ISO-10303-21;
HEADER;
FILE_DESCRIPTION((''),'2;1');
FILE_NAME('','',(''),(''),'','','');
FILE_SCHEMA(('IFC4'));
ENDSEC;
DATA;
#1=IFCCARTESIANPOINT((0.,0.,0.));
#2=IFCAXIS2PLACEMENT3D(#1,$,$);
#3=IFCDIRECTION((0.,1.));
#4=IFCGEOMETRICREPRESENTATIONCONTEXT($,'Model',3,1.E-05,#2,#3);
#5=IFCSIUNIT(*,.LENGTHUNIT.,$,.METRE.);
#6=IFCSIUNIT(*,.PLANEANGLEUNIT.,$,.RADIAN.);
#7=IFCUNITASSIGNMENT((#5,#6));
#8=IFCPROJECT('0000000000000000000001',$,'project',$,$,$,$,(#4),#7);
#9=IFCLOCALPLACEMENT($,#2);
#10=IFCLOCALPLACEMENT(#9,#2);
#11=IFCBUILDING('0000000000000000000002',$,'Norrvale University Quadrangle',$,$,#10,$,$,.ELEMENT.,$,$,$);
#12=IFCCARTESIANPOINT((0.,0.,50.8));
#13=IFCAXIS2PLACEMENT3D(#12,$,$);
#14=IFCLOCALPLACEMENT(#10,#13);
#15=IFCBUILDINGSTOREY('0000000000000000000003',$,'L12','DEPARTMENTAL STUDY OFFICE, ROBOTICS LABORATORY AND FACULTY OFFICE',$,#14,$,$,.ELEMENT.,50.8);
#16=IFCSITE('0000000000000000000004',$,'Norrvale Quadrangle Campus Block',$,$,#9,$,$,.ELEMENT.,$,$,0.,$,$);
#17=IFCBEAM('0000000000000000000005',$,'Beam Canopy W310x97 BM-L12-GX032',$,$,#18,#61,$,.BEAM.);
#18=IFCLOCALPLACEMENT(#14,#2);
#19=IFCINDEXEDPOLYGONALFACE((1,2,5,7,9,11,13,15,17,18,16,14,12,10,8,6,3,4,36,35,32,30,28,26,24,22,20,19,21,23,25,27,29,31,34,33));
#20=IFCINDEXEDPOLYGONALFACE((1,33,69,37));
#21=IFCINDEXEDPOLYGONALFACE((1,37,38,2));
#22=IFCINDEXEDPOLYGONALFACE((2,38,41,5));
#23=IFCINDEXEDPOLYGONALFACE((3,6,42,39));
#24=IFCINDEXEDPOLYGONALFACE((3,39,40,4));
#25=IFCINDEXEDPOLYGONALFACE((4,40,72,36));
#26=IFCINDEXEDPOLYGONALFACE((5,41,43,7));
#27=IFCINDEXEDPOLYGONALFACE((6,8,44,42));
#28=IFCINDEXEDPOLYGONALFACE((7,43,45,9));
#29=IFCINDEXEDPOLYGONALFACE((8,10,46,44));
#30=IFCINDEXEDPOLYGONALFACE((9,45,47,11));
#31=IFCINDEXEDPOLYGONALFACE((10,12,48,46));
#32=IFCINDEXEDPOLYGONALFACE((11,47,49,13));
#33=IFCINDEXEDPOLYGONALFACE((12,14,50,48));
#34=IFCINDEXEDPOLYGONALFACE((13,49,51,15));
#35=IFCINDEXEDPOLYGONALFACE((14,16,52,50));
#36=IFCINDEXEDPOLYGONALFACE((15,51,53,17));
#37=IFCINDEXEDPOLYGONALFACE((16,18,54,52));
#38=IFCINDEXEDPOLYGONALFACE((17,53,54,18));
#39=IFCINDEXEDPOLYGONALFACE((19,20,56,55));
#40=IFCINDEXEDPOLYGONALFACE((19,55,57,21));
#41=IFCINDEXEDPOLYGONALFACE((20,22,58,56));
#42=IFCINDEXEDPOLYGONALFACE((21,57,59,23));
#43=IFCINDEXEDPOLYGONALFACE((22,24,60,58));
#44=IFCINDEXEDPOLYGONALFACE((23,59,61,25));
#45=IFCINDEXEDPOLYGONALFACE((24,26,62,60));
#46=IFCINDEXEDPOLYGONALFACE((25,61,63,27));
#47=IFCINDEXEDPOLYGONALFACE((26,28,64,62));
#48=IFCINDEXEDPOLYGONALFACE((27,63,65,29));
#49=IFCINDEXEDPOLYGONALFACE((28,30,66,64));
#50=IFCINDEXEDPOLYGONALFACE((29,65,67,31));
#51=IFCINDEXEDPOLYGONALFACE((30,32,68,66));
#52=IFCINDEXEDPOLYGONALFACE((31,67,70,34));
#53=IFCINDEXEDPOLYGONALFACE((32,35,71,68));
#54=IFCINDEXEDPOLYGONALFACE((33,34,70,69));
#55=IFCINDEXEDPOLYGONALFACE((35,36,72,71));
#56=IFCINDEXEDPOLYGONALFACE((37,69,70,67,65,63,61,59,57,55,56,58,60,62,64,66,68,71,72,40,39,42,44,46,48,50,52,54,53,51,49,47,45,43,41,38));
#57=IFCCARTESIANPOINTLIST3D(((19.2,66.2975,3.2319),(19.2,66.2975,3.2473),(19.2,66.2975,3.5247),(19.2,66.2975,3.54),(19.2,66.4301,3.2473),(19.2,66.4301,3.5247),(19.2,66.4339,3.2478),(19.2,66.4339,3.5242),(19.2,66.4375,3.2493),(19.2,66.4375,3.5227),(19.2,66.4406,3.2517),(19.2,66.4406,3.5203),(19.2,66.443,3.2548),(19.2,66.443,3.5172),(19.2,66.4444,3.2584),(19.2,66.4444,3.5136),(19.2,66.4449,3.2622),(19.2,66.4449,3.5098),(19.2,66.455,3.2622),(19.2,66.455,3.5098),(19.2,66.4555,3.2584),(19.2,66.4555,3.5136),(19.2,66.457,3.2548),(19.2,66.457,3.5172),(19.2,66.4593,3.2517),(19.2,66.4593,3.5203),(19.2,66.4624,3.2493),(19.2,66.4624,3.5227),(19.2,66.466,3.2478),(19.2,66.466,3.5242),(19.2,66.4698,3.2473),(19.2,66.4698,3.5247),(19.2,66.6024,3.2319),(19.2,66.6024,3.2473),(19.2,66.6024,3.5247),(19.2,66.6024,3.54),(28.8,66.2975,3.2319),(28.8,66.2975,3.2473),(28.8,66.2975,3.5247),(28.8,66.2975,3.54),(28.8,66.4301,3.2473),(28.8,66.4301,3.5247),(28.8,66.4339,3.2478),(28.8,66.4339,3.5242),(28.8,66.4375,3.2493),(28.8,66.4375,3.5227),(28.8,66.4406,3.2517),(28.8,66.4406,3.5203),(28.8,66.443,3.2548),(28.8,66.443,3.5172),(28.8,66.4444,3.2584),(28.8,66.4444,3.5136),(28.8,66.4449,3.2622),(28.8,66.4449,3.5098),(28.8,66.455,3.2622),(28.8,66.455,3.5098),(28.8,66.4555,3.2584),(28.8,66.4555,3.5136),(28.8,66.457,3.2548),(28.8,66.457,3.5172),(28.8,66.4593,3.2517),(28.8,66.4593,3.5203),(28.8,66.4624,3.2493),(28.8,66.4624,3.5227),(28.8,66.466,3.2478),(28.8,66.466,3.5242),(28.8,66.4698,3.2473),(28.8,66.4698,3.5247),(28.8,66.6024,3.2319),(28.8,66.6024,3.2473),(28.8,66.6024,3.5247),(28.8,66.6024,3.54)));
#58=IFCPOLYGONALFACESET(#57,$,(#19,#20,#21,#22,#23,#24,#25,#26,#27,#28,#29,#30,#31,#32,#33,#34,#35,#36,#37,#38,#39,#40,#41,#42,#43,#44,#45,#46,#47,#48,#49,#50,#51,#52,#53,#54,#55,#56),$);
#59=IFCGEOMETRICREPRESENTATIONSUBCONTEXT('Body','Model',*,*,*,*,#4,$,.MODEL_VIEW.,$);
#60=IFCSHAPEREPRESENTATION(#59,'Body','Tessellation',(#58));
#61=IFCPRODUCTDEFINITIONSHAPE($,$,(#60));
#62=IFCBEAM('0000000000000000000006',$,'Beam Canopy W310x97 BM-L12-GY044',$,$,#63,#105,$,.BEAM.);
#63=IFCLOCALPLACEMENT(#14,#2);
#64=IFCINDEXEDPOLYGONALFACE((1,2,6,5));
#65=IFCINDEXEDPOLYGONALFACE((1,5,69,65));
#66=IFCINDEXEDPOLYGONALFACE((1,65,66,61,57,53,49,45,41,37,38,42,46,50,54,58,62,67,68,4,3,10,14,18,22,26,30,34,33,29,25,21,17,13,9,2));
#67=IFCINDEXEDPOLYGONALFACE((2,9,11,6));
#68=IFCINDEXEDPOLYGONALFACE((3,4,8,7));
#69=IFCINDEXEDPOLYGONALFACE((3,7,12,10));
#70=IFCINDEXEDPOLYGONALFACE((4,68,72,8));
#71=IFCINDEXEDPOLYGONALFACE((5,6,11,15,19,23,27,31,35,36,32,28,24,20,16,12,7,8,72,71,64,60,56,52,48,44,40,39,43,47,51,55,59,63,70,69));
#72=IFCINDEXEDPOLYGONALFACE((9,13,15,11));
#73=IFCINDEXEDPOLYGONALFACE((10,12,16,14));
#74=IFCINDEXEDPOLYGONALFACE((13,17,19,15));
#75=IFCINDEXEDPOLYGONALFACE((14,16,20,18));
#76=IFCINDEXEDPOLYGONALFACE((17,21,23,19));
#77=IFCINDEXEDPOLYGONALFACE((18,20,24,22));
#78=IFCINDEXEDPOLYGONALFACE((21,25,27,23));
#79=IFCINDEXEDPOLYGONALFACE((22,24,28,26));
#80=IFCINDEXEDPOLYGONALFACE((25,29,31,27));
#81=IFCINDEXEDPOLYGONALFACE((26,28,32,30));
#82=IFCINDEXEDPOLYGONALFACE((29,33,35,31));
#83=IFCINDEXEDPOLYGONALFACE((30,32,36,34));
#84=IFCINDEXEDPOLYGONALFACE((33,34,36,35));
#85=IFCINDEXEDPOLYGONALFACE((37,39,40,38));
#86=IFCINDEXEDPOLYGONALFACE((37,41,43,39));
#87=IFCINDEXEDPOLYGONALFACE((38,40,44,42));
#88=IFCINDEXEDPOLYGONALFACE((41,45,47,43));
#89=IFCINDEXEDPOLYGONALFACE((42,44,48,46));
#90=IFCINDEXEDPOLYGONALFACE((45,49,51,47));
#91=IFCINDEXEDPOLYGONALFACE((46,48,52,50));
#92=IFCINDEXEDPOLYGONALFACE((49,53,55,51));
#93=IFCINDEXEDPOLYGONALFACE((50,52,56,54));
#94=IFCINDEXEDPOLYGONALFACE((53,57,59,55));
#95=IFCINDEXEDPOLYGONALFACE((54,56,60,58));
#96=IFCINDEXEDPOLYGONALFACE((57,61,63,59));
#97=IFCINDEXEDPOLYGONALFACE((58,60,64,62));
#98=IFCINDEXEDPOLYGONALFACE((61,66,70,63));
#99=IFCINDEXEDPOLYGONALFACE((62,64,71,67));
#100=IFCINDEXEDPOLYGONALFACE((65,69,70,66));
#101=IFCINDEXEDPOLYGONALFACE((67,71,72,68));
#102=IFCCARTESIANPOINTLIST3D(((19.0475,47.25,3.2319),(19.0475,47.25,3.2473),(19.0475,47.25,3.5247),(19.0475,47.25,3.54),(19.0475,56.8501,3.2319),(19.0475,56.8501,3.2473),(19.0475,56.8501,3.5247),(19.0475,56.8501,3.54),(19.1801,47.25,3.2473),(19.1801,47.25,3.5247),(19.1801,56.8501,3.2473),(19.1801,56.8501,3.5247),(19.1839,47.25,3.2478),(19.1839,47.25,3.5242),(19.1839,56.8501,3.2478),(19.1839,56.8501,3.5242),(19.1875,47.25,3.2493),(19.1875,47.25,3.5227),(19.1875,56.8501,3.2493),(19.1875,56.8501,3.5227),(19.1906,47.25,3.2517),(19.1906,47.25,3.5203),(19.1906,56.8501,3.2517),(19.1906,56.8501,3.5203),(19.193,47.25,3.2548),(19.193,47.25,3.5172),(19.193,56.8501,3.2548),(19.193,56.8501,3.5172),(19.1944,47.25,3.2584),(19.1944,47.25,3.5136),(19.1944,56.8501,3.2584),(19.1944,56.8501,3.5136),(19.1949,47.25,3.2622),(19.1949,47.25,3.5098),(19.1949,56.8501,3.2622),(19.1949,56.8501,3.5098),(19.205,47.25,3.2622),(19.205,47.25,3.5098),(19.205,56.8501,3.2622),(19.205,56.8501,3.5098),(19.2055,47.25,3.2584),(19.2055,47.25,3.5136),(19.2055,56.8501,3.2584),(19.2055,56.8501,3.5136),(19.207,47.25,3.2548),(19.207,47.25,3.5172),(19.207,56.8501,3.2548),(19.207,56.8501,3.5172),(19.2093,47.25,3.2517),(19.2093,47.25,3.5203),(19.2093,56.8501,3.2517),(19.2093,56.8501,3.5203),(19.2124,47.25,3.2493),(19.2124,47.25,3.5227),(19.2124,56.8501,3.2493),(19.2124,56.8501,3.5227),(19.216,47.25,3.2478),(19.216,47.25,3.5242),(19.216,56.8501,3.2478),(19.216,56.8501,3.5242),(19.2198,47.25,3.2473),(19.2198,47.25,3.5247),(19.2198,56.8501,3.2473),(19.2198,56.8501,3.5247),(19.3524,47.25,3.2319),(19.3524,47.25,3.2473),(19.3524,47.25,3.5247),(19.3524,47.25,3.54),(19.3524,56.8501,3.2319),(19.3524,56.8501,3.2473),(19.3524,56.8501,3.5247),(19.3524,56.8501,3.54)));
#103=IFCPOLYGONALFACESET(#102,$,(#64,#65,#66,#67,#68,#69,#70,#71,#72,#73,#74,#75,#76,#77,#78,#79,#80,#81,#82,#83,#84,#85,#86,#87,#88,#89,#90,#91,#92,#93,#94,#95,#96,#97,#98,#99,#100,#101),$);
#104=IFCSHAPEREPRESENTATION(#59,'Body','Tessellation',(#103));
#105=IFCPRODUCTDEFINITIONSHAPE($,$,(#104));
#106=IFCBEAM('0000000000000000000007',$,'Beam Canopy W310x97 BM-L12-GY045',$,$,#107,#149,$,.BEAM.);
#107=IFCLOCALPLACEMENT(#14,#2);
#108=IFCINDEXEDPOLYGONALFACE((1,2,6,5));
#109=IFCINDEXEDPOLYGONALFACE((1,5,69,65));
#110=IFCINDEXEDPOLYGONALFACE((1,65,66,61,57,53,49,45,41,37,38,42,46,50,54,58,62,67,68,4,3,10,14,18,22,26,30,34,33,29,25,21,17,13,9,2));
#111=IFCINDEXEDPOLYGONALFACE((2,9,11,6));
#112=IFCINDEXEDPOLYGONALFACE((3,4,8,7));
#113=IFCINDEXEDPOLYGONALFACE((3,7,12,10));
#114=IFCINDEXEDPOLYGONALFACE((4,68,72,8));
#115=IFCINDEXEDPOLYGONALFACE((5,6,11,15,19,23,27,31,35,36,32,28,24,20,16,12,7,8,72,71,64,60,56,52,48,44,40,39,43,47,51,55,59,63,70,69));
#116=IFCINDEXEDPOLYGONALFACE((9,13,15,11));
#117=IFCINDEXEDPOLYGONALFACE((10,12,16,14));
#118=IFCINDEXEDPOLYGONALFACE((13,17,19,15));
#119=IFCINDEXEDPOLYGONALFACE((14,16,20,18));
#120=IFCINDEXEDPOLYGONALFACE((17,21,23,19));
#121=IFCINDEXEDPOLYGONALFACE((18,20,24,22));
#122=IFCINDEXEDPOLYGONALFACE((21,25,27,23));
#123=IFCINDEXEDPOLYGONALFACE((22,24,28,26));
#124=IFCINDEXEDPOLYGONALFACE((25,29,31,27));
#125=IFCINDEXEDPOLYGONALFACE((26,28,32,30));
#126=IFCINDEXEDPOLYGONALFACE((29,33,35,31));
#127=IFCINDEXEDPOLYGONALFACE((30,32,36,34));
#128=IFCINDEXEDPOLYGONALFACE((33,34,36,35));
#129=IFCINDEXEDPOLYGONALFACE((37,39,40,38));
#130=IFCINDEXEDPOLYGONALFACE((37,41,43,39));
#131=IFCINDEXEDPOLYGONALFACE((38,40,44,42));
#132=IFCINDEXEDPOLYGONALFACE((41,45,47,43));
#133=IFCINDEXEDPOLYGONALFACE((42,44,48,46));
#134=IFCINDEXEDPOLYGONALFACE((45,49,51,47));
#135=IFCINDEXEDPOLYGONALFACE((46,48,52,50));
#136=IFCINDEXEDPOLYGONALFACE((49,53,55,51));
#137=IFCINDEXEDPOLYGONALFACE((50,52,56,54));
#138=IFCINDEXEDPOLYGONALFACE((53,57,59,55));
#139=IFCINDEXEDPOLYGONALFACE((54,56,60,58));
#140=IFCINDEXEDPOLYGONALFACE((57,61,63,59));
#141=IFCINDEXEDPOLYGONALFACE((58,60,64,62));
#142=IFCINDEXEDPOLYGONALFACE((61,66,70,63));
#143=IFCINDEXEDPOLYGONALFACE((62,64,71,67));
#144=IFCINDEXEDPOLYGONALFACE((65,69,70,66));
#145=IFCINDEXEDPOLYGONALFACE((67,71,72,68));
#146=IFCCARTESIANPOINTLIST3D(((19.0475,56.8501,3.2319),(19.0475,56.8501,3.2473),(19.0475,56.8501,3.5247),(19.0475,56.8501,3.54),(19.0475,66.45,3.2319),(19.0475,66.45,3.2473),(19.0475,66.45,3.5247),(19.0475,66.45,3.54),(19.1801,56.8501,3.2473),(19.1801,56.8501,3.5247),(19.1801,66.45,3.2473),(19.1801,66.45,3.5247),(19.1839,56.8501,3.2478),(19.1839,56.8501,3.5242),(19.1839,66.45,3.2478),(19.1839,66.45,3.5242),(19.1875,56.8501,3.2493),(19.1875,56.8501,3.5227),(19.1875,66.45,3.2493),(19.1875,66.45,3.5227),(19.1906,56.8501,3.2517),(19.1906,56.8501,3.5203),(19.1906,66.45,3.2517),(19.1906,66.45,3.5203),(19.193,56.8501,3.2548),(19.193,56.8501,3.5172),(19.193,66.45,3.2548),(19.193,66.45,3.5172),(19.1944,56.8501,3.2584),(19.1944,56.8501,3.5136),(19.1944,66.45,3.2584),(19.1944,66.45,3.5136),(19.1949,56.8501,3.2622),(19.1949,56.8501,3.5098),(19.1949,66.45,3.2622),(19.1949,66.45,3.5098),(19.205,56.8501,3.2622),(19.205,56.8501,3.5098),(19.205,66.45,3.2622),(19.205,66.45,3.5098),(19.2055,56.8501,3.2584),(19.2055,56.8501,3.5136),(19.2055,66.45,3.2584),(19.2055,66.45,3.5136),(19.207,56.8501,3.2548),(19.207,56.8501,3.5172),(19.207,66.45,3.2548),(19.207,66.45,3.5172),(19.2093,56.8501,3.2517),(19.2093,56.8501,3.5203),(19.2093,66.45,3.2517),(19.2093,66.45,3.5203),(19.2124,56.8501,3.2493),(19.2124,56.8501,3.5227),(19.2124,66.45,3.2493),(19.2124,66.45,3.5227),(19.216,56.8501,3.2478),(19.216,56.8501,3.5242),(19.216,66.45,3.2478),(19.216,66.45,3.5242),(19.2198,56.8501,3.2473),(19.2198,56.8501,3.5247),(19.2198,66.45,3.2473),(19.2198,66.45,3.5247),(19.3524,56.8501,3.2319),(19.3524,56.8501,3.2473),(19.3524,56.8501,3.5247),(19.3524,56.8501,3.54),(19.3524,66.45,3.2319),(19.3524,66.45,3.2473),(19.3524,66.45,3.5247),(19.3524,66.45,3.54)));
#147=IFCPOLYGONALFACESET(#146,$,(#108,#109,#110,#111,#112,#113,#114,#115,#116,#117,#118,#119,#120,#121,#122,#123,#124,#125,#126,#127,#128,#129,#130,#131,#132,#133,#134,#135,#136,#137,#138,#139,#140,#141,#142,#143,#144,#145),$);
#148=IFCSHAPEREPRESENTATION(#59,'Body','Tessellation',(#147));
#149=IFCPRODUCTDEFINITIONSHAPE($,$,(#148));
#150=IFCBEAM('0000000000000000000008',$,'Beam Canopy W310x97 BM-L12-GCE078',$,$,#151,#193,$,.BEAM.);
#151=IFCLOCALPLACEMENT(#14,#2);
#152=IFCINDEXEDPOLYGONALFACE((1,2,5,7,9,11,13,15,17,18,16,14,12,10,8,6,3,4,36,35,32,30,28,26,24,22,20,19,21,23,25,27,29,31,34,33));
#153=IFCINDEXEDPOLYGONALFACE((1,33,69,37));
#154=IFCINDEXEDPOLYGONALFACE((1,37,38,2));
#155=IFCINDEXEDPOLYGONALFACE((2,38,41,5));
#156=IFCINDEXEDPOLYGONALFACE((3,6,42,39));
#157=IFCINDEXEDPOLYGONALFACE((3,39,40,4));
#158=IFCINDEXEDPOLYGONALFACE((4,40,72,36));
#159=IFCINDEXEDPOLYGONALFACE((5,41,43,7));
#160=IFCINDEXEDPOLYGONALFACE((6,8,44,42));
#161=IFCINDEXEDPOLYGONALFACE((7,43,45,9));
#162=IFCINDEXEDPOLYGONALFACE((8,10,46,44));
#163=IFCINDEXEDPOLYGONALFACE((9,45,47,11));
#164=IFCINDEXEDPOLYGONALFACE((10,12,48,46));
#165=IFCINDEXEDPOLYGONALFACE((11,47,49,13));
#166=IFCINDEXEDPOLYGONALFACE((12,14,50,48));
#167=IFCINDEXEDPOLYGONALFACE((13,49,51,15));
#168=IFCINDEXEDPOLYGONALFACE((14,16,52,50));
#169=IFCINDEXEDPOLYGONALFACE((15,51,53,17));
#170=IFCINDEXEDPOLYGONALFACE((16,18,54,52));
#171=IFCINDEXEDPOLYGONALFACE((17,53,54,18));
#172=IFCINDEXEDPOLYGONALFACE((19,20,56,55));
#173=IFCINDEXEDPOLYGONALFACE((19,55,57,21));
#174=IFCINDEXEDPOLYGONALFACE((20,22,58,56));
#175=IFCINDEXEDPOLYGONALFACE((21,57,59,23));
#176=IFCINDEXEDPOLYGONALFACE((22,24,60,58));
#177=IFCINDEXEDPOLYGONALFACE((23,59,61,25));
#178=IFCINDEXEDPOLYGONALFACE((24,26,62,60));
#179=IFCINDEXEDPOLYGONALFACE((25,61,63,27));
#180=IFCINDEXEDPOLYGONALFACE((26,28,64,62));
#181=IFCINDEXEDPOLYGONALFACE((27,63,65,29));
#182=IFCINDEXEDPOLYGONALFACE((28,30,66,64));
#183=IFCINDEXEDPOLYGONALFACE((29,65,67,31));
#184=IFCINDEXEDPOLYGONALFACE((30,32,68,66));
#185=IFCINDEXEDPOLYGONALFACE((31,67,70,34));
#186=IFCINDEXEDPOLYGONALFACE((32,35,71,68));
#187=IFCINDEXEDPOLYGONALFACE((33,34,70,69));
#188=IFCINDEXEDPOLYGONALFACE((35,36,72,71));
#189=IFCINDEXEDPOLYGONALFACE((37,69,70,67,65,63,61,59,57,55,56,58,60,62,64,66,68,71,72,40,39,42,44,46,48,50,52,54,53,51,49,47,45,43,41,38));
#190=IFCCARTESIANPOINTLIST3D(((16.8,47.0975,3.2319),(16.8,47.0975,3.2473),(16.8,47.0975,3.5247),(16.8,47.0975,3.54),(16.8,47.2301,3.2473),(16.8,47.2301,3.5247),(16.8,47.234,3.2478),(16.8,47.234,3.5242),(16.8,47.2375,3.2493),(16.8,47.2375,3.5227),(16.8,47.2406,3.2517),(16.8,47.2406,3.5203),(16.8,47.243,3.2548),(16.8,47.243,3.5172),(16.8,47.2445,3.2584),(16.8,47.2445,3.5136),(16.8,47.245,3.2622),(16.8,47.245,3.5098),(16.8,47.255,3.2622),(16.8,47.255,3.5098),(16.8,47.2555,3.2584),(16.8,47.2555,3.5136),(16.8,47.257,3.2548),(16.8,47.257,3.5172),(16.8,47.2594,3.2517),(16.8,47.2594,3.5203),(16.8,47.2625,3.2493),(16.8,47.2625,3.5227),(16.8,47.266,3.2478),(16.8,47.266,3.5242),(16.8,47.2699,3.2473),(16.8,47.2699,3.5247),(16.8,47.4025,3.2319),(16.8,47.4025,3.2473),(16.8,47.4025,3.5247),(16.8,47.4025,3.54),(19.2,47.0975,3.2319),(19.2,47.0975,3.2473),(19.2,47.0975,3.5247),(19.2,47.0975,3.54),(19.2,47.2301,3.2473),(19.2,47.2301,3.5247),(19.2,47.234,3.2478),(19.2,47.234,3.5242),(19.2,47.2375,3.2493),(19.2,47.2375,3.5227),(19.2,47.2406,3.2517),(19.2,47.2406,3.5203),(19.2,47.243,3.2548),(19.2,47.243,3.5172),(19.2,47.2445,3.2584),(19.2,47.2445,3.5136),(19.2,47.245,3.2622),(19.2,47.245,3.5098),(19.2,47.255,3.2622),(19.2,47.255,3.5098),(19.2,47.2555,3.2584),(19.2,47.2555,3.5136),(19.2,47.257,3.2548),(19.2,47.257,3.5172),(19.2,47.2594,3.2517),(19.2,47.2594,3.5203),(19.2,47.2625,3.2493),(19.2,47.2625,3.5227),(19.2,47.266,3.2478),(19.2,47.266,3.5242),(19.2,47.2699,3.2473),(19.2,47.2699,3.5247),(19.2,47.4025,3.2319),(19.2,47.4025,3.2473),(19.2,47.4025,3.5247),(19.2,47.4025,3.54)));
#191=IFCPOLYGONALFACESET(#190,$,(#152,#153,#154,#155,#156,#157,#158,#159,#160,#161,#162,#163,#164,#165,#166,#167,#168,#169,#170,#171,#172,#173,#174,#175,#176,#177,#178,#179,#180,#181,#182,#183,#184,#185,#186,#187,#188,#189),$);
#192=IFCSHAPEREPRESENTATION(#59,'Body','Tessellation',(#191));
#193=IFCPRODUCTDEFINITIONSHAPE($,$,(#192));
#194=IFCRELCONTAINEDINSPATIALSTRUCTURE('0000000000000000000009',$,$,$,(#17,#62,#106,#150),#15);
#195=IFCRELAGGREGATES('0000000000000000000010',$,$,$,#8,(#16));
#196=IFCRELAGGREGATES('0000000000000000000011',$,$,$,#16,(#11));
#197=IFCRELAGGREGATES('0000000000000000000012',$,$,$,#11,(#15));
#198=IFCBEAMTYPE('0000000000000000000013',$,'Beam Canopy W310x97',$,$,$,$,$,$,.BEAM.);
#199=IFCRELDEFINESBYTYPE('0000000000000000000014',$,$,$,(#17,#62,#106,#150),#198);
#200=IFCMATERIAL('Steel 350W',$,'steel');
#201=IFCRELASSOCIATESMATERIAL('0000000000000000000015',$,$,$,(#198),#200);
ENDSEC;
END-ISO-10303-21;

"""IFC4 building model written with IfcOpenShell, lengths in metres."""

from ifc_helpers import new_model, si_unit, direction, frame, origin, origin_2d, place, context, subcontext, project, spatial, i_section, extrude, material, material_profile, profile_set, type_object, element, save


model = new_model("IFC4")

# Units and contexts
model_context = context("Model", 3, precision=1e-05, world=origin(), true_north=direction((0.0, 1.0)))
body_context = subcontext(model_context, "Body", "Model", "MODEL_VIEW")
ifc_project = project(units=[si_unit("LENGTHUNIT", "METRE"), si_unit("PLANEANGLEUNIT", "RADIAN")], contexts=[model_context])

# Site, building, storey
site_placement = place(None, origin())
site = spatial("IfcSite", under=ifc_project, at=site_placement, Name="Norrvale Quadrangle Campus Block", CompositionType="ELEMENT", RefElevation=0.0)
building_placement = place(site_placement, origin())
building = spatial("IfcBuilding", under=site, at=building_placement, Name="Norrvale University Quadrangle", CompositionType="ELEMENT")
storey_placement = place(building_placement, frame((0.0, 0.0, 50.8)))
storey = spatial("IfcBuildingStorey", under=building, at=storey_placement, Name="L12", Description="DEPARTMENTAL STUDY OFFICE, ROBOTICS LABORATORY AND FACULTY OFFICE", CompositionType="ELEMENT", Elevation=50.8)

# Beams
ifc_material_1 = material(Name="Steel 350W", Category="steel")
ifc_material_profile_1 = material_profile(ifc_material_1, i_section(OverallWidth=0.3049, OverallDepth=0.3081, WebThickness=0.01, FlangeThickness=0.0154, FilletRadius=0.0149, at=origin_2d()), Name="Steel 350W")
ifc_profile_set_1 = profile_set([ifc_material_profile_1], Name="Steel 350W")
beam_type_1 = type_object("IfcBeamType", Name="Beam Canopy W310x97", PredefinedType="BEAM", material=ifc_profile_set_1)
for number, where, z_axis, x_axis, name in (
    (1, (19.2, 66.45, 3.386), (1.0, 0.0, 0.0), (0.0, 1.0, 0.0), "Beam Canopy W310x97 BM-L12-GX032"),
    (2, (19.2, 47.25, 3.386), (0.0, 1.0, 0.0), (-1.0, 0.0, 0.0), "Beam Canopy W310x97 BM-L12-GY044"),
):
    element("IfcBeam", number, at=place(storey_placement, frame(where, z_axis=z_axis, x_axis=x_axis)), inside=storey, type_object=beam_type_1, Name=name, PredefinedType="BEAM", context=body_context, shape_type="SweptSolid", body=[
        extrude(i_section(OverallWidth=0.3049, OverallDepth=0.3081, WebThickness=0.01, FlangeThickness=0.0154, FilletRadius=0.0149, at=origin_2d()), origin(), (0.0, 0.0, 1.0), 9.6001),
    ])
beam_1_placement = place(storey_placement, frame((19.2, 56.8501, 3.386), z_axis=(0.0, 1.0, 0.0), x_axis=(-1.0, 0.0, 0.0)))
element("IfcBeam", 3, at=beam_1_placement, inside=storey, type_object=beam_type_1, Name="Beam Canopy W310x97 BM-L12-GY045", PredefinedType="BEAM", context=body_context, shape_type="SweptSolid", body=[
    extrude(i_section(OverallWidth=0.3049, OverallDepth=0.3081, WebThickness=0.01, FlangeThickness=0.0154, FilletRadius=0.0149, at=origin_2d()), origin(), (0.0, 0.0, 1.0), 9.5999),
])
beam_2_placement = place(storey_placement, frame((16.8, 47.25, 3.386), z_axis=(1.0, 0.0, 0.0), x_axis=(0.0, 1.0, 0.0)))
element("IfcBeam", 4, at=beam_2_placement, inside=storey, type_object=beam_type_1, Name="Beam Canopy W310x97 BM-L12-GCE078", PredefinedType="BEAM", context=body_context, shape_type="SweptSolid", body=[
    extrude(i_section(OverallWidth=0.3049, OverallDepth=0.3081, WebThickness=0.01, FlangeThickness=0.0154, FilletRadius=0.0149, at=origin_2d()), origin(), (0.0, 0.0, 1.0), 2.3999),
])

save(model, "model.ifc")
